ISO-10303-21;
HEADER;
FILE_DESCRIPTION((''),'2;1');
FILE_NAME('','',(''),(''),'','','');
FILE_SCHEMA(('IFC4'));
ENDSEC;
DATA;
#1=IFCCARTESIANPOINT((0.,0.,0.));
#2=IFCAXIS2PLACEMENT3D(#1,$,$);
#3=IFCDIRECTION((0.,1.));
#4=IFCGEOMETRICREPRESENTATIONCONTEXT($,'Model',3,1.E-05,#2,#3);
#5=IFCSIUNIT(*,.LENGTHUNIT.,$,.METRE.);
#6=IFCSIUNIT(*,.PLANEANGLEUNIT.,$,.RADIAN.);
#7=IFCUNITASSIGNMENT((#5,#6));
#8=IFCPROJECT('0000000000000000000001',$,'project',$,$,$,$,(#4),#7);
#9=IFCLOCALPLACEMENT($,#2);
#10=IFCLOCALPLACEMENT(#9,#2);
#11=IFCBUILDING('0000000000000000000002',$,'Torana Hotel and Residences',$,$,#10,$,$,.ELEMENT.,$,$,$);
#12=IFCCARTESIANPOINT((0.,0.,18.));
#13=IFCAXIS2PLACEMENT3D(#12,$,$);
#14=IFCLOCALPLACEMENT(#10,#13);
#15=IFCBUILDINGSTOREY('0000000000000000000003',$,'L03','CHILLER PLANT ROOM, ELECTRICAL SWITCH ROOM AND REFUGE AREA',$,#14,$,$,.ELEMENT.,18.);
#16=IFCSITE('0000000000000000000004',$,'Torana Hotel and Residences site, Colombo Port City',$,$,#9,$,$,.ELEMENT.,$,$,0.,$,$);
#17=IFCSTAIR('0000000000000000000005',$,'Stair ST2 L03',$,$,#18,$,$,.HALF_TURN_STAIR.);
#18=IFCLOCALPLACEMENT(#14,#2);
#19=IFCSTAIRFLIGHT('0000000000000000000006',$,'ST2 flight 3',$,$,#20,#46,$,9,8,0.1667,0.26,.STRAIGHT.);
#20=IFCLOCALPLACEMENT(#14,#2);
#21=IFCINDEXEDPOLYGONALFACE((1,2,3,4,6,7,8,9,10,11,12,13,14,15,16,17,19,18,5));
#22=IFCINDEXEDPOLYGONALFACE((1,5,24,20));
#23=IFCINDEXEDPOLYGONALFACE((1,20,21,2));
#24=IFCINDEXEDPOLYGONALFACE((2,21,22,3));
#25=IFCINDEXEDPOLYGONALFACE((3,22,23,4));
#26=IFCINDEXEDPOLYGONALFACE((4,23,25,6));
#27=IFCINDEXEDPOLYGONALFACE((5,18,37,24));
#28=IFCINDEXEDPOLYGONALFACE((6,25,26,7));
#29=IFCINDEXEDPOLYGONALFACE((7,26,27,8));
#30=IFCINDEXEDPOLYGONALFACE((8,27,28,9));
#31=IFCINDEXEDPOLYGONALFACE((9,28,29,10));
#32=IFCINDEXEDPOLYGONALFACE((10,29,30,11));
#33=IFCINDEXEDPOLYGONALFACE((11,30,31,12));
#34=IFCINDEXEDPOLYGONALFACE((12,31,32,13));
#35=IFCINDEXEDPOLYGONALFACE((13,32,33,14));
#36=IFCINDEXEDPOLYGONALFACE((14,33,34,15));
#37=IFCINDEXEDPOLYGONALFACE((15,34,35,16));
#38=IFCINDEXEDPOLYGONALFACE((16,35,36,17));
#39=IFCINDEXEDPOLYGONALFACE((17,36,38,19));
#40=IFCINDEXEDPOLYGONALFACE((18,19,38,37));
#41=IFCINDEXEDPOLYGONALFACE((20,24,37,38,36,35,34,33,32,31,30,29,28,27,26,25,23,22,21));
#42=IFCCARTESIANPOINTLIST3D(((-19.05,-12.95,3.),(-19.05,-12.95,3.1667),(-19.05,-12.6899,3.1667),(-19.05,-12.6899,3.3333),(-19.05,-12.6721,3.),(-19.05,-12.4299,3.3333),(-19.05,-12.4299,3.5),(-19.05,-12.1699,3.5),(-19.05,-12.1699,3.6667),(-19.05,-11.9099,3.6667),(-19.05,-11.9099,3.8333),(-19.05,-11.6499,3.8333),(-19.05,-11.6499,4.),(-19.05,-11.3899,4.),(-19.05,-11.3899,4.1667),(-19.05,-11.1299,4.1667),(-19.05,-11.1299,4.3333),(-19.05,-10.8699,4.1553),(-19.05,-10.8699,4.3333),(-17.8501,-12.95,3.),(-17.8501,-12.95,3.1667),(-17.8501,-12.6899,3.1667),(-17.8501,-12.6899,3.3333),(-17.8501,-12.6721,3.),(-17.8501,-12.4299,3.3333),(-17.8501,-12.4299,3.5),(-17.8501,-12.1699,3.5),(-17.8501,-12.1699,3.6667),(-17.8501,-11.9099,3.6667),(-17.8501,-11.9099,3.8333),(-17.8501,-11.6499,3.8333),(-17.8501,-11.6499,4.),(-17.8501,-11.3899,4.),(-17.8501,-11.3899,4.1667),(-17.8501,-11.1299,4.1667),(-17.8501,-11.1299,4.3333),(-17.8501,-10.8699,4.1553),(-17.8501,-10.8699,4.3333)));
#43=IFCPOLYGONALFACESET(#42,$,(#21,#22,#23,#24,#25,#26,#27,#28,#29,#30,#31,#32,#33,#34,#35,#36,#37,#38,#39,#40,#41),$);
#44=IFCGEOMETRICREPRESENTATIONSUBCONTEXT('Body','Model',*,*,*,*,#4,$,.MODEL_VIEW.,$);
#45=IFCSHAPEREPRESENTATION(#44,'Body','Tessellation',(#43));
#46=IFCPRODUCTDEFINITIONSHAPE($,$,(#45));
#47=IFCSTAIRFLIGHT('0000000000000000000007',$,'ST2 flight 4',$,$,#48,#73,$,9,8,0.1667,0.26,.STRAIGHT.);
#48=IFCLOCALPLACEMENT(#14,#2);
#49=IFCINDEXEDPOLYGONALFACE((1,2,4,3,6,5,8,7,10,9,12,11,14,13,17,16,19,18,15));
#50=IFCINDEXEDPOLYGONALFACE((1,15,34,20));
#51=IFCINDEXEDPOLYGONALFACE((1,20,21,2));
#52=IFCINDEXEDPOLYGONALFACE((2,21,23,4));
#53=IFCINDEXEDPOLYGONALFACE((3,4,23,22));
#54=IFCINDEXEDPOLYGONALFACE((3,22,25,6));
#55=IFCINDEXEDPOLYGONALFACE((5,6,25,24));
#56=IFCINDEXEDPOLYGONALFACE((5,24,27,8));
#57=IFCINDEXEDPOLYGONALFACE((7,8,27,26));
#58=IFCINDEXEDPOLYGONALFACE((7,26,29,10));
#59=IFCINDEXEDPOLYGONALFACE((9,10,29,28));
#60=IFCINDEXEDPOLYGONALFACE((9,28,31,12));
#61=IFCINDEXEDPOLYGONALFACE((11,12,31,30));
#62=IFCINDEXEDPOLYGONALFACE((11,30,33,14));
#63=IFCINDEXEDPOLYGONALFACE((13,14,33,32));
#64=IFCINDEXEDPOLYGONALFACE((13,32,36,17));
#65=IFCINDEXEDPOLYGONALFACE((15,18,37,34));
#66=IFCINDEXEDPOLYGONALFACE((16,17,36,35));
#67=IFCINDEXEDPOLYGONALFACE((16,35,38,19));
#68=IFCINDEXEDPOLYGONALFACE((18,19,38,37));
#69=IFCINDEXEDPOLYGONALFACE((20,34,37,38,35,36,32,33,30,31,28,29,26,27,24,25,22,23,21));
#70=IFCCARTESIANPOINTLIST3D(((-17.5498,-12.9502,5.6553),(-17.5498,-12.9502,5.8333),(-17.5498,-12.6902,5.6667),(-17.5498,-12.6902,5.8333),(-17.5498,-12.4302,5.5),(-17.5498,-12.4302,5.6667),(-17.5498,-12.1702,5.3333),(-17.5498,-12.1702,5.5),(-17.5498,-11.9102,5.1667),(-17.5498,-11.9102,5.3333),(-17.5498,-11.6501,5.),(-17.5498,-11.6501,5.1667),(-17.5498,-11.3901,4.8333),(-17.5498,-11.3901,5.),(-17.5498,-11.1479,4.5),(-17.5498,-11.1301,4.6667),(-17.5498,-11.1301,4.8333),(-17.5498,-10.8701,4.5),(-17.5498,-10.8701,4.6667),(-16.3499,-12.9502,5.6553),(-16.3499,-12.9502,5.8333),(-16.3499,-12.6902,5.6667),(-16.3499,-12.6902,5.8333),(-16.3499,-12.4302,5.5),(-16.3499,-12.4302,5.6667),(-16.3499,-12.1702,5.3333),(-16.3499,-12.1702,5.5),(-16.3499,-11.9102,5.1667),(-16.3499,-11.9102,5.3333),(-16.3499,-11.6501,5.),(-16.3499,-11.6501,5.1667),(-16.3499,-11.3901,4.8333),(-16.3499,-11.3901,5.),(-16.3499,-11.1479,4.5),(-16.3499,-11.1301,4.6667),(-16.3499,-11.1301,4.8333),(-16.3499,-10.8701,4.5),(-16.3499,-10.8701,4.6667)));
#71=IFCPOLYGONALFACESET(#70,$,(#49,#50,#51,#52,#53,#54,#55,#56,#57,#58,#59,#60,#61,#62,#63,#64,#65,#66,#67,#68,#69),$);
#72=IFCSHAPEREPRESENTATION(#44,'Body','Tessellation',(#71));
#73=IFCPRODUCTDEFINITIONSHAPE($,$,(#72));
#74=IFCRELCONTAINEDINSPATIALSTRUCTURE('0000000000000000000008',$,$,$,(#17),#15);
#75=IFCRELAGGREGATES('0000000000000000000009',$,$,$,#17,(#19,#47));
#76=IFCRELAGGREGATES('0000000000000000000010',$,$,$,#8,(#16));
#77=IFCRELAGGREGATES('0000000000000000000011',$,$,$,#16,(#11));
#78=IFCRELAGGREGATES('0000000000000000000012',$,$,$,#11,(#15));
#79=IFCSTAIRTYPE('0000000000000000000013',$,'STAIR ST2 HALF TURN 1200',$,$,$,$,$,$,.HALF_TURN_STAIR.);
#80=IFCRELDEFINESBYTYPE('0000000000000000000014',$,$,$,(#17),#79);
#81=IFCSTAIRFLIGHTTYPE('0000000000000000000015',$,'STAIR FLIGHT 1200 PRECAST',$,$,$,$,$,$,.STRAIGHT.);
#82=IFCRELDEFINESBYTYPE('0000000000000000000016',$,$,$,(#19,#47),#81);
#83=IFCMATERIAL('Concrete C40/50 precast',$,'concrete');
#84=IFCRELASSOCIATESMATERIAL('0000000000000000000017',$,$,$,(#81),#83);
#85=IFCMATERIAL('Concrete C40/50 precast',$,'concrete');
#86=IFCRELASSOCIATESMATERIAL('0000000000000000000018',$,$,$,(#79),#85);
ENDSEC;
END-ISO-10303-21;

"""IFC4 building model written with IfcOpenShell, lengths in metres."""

from ifc_helpers import new_model, si_unit, direction, frame, origin, place, context, subcontext, project, spatial, polyline, outline, extrude, material, type_object, element, aggregate, save


model = new_model("IFC4")

# Units and contexts
model_context = context("Model", 3, precision=1e-05, world=origin(), true_north=direction((0.0, 1.0)))
body_context = subcontext(model_context, "Body", "Model", "MODEL_VIEW")
ifc_project = project(units=[si_unit("LENGTHUNIT", "METRE"), si_unit("PLANEANGLEUNIT", "RADIAN")], contexts=[model_context])

# Site, building, storey
site_placement = place(None, origin())
site = spatial("IfcSite", under=ifc_project, at=site_placement, Name="Torana Hotel and Residences site, Colombo Port City", CompositionType="ELEMENT", RefElevation=0.0)
building_placement = place(site_placement, origin())
building = spatial("IfcBuilding", under=site, at=building_placement, Name="Torana Hotel and Residences", CompositionType="ELEMENT")
storey_placement = place(building_placement, frame((0.0, 0.0, 18.0)))
storey = spatial("IfcBuildingStorey", under=building, at=storey_placement, Name="L03", Description="CHILLER PLANT ROOM, ELECTRICAL SWITCH ROOM AND REFUGE AREA", CompositionType="ELEMENT", Elevation=18.0)

# Stair, stair flights
ifc_material_1 = material(Name="Concrete C40/50 precast", Category="concrete")
stair_flight_type = type_object("IfcStairFlightType", Name="STAIR FLIGHT 1200 PRECAST", PredefinedType="STRAIGHT", material=ifc_material_1)
ifc_material_2 = material(Name="Concrete C40/50 precast", Category="concrete")
stair_type_1 = type_object("IfcStairType", Name="STAIR ST2 HALF TURN 1200", PredefinedType="HALF_TURN_STAIR", material=ifc_material_2)
stair_1_placement = place(storey_placement, origin())
stair_1 = element("IfcStair", 1, at=stair_1_placement, inside=storey, type_object=stair_type_1, Name="Stair ST2 L03", PredefinedType="HALF_TURN_STAIR")
stair_flight_1_placement = place(storey_placement, frame((-18.45, -12.95, 3.0), z_axis=(0.0, 0.0, 1.0), x_axis=(0.0, 1.0, 0.0)))
stair_flight_1 = element("IfcStairFlight", 2, at=stair_flight_1_placement, type_object=stair_flight_type, Name="ST2 flight 3", NumberOfRisers=9, NumberOfTreads=8, PredefinedType="STRAIGHT", RiserHeight=0.1667, TreadLength=0.26, context=body_context, shape_type="SweptSolid", body=[
    extrude(outline(polyline([(0.0, 0.0), (0.0, 0.1667), (0.26, 0.1667), (0.26, 0.3333), (0.52, 0.3333), (0.52, 0.5), (0.78, 0.5), (0.78, 0.6667), (1.04, 0.6667), (1.04, 0.8333), (1.3, 0.8333), (1.3, 1.0), (1.5601, 1.0), (1.5601, 1.1667), (1.8201, 1.1667), (1.8201, 1.3333), (2.0801, 1.3333), (2.0801, 1.5), (2.0801, 1.1553), (0.2778, 0.0), (0.0, 0.0)])), frame((0.0, 0.6001, 0.0), z_axis=(0.0, -1.0, 0.0), x_axis=(1.0, 0.0, 0.0)), (0.0, 0.0, 1.0), 1.2),
])
stair_flight_2_placement = place(storey_placement, frame((-16.95, -10.8701, 4.5), z_axis=(0.0, 0.0, 1.0), x_axis=(0.0, -1.0, 0.0)))
stair_flight_2 = element("IfcStairFlight", 3, at=stair_flight_2_placement, type_object=stair_flight_type, Name="ST2 flight 4", NumberOfRisers=9, NumberOfTreads=8, PredefinedType="STRAIGHT", RiserHeight=0.1667, TreadLength=0.26, context=body_context, shape_type="SweptSolid", body=[
    extrude(outline(polyline([(0.0, 0.0), (0.0, 0.1667), (0.26, 0.1667), (0.26, 0.3333), (0.52, 0.3333), (0.52, 0.5), (0.78, 0.5), (0.78, 0.6667), (1.04, 0.6667), (1.04, 0.8333), (1.3, 0.8333), (1.3, 1.0), (1.5601, 1.0), (1.5601, 1.1667), (1.8201, 1.1667), (1.8201, 1.3333), (2.0801, 1.3333), (2.0801, 1.5), (2.0801, 1.1553), (0.2778, 0.0), (0.0, 0.0)])), frame((0.0, 0.6001, 0.0), z_axis=(0.0, -1.0, 0.0), x_axis=(1.0, 0.0, 0.0)), (0.0, 0.0, 1.0), 1.2),
])
aggregate(stair_1, [stair_flight_1, stair_flight_2])

save(model, "model.ifc")
